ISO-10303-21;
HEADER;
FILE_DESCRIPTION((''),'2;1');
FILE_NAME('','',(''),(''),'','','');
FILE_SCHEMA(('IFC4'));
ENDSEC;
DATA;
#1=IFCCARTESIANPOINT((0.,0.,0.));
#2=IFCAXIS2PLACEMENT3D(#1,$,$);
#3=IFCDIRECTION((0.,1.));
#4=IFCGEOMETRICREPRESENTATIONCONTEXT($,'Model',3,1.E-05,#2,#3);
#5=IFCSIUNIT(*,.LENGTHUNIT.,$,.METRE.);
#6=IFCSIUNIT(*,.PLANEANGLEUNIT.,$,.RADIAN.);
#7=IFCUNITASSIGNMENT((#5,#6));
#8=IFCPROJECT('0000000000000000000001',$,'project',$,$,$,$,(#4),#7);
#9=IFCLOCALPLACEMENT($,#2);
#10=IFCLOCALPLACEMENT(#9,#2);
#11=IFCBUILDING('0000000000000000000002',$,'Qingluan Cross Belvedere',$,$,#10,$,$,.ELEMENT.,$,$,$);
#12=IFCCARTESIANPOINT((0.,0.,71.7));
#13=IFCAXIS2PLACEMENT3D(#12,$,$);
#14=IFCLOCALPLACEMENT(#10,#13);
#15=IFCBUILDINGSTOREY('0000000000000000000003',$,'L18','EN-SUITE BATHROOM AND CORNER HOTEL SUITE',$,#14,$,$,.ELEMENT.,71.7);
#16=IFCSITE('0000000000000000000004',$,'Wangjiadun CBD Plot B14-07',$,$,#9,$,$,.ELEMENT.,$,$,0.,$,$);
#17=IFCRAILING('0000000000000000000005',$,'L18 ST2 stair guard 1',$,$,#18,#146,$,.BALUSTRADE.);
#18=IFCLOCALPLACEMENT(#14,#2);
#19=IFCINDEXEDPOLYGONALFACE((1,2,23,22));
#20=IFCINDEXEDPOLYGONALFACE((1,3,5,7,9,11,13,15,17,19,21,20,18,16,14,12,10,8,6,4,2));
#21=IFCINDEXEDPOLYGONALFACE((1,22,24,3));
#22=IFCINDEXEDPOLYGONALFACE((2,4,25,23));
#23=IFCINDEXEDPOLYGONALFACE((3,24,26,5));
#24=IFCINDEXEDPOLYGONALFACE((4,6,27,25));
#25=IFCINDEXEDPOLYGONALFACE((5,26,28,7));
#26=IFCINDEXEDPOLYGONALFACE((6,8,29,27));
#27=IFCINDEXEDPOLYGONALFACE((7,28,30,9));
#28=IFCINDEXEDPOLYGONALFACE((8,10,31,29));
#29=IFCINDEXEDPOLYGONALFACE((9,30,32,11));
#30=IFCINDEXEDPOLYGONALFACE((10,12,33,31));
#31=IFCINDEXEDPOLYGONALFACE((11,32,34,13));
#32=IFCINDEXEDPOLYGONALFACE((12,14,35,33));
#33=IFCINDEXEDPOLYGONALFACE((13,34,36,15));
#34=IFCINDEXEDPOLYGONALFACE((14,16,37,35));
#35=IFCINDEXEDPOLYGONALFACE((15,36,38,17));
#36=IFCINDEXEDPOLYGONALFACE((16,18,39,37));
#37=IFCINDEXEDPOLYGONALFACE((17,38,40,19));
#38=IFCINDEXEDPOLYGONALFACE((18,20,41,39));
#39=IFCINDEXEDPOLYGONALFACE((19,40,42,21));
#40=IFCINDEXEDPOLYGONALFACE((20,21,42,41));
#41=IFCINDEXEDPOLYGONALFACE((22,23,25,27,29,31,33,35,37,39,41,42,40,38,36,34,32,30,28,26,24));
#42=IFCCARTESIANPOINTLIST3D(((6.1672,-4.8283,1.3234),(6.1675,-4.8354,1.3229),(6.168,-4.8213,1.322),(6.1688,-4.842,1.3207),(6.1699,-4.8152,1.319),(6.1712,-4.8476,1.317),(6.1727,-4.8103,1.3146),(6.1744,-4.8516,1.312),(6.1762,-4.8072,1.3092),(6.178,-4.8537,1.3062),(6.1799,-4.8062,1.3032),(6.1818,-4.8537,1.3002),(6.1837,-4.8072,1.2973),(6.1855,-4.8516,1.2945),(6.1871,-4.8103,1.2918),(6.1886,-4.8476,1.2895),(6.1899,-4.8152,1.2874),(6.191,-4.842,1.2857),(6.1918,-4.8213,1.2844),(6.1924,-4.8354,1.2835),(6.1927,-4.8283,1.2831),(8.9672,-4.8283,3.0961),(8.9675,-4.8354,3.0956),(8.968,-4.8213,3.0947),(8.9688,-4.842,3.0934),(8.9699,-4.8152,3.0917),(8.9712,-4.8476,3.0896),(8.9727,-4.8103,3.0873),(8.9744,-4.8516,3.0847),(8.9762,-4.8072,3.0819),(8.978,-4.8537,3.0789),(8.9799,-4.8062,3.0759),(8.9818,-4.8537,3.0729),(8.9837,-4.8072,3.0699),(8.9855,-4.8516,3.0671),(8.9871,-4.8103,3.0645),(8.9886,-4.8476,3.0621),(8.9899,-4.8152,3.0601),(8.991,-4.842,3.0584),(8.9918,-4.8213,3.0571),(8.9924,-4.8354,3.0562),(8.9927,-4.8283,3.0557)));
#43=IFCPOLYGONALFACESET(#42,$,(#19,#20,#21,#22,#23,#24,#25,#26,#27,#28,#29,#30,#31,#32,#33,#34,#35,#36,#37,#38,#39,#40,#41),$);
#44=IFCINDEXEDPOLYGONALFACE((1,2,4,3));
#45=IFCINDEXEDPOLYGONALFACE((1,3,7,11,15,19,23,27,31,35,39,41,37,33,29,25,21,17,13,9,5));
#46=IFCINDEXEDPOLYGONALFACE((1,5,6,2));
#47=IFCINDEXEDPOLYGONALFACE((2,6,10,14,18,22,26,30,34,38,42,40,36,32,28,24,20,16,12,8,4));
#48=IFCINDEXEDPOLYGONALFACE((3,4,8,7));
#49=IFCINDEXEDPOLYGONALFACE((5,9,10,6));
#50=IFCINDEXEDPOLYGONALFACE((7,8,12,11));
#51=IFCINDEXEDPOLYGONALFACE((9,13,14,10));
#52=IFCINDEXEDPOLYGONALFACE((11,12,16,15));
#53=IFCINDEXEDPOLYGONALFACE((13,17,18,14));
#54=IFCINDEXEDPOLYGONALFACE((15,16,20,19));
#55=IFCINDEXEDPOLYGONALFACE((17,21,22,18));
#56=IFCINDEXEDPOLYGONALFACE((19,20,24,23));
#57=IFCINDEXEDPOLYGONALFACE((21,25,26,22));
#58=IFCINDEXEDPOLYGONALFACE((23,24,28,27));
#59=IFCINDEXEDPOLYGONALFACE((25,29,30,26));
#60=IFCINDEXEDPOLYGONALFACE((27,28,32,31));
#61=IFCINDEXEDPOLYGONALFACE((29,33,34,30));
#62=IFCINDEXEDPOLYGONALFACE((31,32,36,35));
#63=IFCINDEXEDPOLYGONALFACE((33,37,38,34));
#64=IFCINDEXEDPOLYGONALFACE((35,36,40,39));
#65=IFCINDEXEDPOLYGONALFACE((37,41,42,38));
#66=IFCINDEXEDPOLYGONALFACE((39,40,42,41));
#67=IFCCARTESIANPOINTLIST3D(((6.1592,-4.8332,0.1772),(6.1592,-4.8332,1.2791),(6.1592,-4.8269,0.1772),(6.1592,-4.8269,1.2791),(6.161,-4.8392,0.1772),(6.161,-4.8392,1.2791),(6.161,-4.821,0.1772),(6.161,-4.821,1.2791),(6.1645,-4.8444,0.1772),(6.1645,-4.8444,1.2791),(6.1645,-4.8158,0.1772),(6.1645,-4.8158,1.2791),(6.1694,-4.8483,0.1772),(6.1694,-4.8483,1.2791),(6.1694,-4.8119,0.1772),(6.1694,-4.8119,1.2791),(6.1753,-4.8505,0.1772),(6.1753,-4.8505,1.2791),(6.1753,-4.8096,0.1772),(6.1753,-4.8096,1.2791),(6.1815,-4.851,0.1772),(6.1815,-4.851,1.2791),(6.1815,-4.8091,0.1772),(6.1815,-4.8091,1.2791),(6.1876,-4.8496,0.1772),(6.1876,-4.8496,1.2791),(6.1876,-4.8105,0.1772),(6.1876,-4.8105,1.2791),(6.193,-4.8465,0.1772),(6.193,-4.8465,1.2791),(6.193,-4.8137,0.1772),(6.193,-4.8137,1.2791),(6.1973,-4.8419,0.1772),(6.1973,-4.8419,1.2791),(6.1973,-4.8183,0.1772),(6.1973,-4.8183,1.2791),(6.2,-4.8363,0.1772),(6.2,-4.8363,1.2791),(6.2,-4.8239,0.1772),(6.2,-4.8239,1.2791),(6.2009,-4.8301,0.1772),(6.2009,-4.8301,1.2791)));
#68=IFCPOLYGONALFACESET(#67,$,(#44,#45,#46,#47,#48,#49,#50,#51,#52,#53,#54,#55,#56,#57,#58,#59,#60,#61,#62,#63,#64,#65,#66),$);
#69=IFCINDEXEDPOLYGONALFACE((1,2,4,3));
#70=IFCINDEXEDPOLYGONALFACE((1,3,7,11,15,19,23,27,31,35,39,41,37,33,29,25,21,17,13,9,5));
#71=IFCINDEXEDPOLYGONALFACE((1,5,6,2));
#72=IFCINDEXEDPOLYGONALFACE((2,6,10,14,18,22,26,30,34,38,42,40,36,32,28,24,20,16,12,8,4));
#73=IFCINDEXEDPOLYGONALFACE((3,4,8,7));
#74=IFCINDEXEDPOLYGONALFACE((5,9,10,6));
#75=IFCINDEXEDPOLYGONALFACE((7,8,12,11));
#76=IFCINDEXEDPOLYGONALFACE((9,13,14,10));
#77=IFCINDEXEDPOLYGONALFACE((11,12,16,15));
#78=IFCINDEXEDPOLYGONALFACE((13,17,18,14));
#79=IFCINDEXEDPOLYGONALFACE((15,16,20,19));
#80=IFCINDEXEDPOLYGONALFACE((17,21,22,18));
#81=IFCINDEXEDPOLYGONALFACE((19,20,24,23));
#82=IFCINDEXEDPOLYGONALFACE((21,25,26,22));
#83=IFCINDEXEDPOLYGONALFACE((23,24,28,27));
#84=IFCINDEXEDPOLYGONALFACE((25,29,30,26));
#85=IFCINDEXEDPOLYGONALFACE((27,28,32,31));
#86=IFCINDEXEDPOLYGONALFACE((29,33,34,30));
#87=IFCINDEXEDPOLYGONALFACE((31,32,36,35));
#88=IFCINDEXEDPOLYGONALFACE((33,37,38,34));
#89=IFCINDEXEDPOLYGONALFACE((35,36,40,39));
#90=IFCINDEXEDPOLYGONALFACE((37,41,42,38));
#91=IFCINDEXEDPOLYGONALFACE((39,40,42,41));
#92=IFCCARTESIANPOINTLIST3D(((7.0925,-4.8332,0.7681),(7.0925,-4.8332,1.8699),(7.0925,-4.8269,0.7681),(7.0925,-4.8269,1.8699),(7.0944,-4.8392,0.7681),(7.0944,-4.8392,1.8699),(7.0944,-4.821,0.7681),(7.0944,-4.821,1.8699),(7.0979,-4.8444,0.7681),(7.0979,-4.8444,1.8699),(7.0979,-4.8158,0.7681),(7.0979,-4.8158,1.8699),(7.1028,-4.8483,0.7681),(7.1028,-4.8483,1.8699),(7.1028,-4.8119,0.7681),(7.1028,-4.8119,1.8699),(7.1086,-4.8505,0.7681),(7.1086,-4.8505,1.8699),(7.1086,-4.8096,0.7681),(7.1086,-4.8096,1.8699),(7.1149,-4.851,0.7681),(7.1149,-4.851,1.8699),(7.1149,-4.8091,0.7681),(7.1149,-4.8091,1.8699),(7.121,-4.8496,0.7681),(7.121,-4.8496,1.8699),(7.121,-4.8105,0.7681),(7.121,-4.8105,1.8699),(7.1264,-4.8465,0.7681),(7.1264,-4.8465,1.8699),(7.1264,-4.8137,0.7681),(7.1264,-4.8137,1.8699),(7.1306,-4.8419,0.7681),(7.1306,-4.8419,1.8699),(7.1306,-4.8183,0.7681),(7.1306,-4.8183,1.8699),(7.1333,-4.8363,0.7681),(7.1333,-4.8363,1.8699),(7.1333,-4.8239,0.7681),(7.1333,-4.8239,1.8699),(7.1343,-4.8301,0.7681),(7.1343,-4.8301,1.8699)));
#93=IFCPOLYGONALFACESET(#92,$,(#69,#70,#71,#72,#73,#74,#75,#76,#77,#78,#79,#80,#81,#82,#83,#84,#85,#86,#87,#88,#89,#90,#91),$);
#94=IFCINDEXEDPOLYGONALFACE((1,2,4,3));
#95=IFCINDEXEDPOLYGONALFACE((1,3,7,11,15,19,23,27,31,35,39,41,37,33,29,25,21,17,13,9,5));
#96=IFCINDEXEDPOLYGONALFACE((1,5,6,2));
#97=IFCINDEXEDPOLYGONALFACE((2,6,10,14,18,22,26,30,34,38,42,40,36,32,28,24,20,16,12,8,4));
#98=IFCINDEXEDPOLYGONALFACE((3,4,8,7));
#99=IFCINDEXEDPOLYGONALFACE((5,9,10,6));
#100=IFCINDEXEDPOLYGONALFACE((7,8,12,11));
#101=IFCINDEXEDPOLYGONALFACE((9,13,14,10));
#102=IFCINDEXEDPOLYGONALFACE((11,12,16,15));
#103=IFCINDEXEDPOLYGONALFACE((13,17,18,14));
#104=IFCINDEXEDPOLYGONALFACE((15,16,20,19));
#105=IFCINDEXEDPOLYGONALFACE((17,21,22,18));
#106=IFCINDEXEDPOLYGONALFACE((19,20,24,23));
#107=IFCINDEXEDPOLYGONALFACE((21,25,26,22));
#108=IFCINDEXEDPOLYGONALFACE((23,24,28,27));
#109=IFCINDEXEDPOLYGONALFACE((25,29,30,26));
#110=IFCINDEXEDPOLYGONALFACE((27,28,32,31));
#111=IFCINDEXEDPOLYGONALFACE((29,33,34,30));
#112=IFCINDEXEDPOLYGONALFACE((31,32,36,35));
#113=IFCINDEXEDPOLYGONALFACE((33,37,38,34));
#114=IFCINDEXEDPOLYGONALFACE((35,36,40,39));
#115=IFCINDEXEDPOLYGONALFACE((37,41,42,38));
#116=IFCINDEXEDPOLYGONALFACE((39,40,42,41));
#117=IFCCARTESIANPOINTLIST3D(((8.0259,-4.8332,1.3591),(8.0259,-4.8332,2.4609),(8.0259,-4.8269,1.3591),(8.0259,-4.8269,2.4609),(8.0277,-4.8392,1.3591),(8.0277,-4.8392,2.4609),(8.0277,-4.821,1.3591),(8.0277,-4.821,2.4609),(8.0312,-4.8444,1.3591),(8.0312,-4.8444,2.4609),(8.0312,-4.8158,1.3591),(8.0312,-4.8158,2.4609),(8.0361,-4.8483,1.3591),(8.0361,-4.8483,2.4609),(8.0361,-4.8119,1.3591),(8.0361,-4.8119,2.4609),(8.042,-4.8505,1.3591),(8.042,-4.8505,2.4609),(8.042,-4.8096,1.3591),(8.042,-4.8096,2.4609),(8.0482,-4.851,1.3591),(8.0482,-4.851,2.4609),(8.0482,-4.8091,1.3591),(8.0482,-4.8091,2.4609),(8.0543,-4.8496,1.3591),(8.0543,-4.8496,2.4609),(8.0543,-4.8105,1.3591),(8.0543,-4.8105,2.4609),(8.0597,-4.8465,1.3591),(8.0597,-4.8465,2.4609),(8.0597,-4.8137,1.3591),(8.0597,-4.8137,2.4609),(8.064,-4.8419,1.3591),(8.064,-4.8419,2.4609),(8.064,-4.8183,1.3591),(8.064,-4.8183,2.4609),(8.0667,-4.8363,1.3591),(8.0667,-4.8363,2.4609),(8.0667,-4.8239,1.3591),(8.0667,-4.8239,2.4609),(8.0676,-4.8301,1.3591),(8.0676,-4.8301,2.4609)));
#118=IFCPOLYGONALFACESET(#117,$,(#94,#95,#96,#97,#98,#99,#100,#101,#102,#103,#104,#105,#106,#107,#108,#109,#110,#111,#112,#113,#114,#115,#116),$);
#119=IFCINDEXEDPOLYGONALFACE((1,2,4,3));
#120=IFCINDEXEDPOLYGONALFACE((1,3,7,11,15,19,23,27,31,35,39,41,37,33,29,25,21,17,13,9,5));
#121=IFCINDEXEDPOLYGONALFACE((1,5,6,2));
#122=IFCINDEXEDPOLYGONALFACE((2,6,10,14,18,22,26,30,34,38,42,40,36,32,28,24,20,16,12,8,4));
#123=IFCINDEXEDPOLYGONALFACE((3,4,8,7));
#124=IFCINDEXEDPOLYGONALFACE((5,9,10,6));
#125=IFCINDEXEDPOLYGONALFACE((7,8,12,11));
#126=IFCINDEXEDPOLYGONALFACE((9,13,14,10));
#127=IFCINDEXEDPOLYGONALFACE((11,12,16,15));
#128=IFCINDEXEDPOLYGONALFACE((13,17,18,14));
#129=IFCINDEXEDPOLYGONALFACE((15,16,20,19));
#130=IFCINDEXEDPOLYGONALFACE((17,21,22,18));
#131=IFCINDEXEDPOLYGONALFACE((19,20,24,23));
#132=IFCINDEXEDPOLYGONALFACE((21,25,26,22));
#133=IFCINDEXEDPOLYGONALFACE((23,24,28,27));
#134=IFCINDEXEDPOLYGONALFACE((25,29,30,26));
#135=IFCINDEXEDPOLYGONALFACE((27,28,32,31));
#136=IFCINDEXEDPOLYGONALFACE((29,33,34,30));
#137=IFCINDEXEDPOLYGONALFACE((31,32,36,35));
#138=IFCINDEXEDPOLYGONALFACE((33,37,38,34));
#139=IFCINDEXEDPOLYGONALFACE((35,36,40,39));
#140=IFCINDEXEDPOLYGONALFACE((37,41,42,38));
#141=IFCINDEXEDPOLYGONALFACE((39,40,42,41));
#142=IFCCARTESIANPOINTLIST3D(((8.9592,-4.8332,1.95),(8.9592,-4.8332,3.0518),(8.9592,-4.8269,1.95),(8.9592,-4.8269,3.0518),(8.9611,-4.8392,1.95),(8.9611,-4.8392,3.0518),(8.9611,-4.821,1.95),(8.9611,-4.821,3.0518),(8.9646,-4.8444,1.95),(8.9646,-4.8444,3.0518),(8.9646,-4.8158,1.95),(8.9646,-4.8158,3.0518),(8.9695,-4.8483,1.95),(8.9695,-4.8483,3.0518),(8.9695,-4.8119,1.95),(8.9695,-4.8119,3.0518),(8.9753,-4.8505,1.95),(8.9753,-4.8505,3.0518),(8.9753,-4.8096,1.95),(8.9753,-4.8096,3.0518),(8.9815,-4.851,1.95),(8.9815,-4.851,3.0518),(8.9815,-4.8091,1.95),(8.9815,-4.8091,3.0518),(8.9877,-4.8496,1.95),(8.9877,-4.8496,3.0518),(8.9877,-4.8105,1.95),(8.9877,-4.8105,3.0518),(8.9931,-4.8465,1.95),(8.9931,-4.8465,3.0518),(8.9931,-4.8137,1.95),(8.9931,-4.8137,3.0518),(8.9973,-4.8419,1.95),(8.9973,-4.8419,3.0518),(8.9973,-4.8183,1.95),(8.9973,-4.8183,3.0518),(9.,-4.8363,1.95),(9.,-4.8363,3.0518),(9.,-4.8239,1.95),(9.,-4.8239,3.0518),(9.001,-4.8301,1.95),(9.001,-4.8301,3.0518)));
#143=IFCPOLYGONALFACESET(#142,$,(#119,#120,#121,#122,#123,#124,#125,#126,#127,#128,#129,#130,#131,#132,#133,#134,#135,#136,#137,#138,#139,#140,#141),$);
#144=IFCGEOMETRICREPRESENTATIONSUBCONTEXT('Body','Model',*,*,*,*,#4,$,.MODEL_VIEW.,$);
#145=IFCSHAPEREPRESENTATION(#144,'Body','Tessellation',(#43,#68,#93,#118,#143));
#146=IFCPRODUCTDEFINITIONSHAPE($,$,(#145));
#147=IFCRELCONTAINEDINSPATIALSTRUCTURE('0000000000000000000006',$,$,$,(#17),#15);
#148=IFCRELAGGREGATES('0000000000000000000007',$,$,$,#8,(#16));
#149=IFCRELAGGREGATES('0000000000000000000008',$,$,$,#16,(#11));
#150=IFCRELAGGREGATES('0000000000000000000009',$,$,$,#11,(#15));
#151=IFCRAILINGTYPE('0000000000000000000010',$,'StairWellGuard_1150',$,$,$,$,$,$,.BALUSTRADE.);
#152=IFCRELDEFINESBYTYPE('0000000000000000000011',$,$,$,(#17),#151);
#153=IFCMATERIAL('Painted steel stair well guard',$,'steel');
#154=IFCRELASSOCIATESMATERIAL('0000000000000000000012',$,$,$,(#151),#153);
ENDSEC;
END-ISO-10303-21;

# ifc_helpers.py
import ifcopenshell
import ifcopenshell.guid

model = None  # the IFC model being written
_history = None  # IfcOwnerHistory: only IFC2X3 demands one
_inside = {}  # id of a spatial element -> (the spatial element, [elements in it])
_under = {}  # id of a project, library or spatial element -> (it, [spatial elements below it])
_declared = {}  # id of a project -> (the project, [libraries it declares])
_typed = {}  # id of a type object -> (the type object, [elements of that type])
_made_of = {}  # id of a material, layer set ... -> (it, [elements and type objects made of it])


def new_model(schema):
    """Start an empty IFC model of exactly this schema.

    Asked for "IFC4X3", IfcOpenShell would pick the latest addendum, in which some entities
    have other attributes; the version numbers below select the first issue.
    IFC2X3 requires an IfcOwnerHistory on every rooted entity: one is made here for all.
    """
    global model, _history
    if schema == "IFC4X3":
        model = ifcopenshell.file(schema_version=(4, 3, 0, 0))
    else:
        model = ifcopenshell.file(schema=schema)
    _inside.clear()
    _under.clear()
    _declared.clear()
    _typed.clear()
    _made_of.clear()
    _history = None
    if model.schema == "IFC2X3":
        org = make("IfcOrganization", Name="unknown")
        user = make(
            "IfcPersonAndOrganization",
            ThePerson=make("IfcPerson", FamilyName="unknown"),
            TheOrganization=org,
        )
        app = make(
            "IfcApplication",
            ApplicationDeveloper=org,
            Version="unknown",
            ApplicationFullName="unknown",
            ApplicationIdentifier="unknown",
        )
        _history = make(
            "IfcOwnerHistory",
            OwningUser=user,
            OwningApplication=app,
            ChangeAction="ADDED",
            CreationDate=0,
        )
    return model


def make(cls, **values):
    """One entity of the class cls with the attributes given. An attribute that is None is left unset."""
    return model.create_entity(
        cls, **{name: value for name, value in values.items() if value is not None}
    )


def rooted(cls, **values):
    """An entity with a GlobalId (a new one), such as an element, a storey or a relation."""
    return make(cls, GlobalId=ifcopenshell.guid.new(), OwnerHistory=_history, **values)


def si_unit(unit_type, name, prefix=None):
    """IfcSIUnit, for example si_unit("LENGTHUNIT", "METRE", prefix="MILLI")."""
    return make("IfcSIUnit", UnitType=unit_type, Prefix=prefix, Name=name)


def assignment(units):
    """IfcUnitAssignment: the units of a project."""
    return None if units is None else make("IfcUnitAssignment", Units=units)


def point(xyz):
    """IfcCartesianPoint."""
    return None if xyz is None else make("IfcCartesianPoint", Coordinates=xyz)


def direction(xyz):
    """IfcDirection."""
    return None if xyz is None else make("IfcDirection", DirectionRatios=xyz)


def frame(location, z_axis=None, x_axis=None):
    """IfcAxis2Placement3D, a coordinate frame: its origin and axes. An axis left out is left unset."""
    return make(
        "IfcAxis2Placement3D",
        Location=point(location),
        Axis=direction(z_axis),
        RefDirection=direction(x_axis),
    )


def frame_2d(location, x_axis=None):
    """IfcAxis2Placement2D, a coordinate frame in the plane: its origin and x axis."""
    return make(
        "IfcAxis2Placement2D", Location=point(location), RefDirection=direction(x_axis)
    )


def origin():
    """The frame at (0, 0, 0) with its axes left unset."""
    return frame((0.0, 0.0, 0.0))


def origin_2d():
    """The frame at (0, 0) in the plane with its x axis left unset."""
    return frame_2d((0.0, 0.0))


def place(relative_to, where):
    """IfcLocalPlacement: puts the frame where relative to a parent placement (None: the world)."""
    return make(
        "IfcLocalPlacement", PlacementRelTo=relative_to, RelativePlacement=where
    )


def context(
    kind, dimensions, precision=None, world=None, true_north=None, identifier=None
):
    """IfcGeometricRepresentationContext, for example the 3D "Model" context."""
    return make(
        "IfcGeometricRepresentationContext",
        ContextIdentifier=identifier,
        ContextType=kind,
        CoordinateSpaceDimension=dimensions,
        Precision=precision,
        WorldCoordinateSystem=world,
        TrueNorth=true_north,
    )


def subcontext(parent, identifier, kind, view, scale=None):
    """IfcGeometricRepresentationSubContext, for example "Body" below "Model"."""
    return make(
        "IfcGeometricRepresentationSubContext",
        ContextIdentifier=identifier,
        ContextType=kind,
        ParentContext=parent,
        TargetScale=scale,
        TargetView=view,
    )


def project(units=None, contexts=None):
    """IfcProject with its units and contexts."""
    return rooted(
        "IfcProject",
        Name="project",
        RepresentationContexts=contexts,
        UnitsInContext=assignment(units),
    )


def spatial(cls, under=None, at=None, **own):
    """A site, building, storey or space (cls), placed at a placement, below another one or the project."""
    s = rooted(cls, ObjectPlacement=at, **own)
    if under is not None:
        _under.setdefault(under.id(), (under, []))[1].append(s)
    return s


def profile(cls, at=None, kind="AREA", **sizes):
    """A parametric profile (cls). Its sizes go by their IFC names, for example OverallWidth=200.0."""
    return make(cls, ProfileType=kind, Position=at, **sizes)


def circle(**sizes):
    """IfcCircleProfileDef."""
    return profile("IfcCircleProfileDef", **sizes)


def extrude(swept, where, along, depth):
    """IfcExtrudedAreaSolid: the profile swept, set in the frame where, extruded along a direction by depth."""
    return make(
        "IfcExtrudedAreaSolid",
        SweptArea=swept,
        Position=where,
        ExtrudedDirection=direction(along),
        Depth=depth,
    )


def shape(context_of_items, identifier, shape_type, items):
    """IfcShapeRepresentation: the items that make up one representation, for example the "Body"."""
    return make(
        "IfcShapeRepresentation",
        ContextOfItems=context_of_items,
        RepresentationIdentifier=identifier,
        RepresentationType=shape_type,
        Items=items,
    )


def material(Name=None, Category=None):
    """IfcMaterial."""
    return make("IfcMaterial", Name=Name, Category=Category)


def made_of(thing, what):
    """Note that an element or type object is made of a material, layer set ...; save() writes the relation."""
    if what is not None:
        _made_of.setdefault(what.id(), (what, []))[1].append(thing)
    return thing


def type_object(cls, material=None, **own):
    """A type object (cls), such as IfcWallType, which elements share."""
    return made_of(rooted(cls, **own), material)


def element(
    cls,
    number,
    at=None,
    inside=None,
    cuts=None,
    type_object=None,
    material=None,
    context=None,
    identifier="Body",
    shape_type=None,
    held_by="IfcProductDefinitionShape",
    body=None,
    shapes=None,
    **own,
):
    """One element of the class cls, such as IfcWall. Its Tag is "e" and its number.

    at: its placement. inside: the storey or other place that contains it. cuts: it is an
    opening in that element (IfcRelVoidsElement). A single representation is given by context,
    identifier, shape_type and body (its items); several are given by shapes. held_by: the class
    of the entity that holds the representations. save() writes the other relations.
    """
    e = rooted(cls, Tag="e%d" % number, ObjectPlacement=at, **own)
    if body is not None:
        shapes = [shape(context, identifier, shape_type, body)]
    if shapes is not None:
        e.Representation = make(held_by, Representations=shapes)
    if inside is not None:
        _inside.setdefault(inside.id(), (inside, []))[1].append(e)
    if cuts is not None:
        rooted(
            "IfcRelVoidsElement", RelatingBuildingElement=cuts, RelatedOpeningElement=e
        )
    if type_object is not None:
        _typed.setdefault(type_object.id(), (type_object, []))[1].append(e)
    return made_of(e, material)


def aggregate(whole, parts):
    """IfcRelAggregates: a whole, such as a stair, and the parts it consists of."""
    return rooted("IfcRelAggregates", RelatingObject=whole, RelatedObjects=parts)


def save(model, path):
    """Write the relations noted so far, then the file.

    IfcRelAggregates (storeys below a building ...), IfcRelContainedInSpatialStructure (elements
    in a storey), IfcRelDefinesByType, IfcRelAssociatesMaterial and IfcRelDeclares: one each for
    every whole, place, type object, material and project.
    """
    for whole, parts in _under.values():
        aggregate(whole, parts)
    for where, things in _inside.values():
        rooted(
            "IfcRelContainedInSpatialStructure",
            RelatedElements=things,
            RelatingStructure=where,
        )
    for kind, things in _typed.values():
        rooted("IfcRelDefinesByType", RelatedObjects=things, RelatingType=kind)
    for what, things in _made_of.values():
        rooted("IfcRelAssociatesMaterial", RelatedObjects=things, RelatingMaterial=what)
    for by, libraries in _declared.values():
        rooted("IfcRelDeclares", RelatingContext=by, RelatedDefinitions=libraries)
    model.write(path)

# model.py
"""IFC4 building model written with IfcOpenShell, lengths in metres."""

from ifc_helpers import new_model, si_unit, direction, frame, origin, origin_2d, place, context, subcontext, project, spatial, circle, extrude, material, type_object, element, save


model = new_model("IFC4")

# Units and contexts
model_context = context("Model", 3, precision=1e-05, world=origin(), true_north=direction((0.0, 1.0)))
body_context = subcontext(model_context, "Body", "Model", "MODEL_VIEW")
ifc_project = project(units=[si_unit("LENGTHUNIT", "METRE"), si_unit("PLANEANGLEUNIT", "RADIAN")], contexts=[model_context])

# Site, building, storey
site_placement = place(None, origin())
site = spatial("IfcSite", under=ifc_project, at=site_placement, Name="Wangjiadun CBD Plot B14-07", CompositionType="ELEMENT", RefElevation=0.0)
building_placement = place(site_placement, origin())
building = spatial("IfcBuilding", under=site, at=building_placement, Name="Qingluan Cross Belvedere", CompositionType="ELEMENT")
storey_placement = place(building_placement, frame((0.0, 0.0, 71.7)))
storey = spatial("IfcBuildingStorey", under=building, at=storey_placement, Name="L18", Description="EN-SUITE BATHROOM AND CORNER HOTEL SUITE", CompositionType="ELEMENT", Elevation=71.7)

# Railing
ifc_material_1 = material(Name="Painted steel stair well guard", Category="steel")
railing_type_1 = type_object("IfcRailingType", Name="StairWellGuard_1150", PredefinedType="BALUSTRADE", material=ifc_material_1)
railing_1_placement = place(storey_placement, frame((6.1799, -4.8301, 0.1772)))
element("IfcRailing", 1, at=railing_1_placement, inside=storey, type_object=railing_type_1, Name="L18 ST2 stair guard 1", PredefinedType="BALUSTRADE", context=body_context, shape_type="SweptSolid", body=[
    extrude(circle(Radius=0.0239, at=origin_2d()), frame((0.0, 0.0, 1.126), z_axis=(0.844909, 0.0, 0.53491), x_axis=(0.0, 1.0, 0.0)), (0.0, 0.0, 1.0), 3.314),
    extrude(circle(Radius=0.021, at=origin_2d()), origin(), (0.0, 0.0, 1.0), 1.1018),
    extrude(circle(Radius=0.021, at=origin_2d()), frame((0.9333, 0.0, 0.5908)), (0.0, 0.0, 1.0), 1.1018),
    extrude(circle(Radius=0.021, at=origin_2d()), frame((1.8667, 0.0, 1.1819)), (0.0, 0.0, 1.0), 1.1018),
    extrude(circle(Radius=0.021, at=origin_2d()), frame((2.8, 0.0, 1.7727)), (0.0, 0.0, 1.0), 1.1018),
])

save(model, "model.ifc")
